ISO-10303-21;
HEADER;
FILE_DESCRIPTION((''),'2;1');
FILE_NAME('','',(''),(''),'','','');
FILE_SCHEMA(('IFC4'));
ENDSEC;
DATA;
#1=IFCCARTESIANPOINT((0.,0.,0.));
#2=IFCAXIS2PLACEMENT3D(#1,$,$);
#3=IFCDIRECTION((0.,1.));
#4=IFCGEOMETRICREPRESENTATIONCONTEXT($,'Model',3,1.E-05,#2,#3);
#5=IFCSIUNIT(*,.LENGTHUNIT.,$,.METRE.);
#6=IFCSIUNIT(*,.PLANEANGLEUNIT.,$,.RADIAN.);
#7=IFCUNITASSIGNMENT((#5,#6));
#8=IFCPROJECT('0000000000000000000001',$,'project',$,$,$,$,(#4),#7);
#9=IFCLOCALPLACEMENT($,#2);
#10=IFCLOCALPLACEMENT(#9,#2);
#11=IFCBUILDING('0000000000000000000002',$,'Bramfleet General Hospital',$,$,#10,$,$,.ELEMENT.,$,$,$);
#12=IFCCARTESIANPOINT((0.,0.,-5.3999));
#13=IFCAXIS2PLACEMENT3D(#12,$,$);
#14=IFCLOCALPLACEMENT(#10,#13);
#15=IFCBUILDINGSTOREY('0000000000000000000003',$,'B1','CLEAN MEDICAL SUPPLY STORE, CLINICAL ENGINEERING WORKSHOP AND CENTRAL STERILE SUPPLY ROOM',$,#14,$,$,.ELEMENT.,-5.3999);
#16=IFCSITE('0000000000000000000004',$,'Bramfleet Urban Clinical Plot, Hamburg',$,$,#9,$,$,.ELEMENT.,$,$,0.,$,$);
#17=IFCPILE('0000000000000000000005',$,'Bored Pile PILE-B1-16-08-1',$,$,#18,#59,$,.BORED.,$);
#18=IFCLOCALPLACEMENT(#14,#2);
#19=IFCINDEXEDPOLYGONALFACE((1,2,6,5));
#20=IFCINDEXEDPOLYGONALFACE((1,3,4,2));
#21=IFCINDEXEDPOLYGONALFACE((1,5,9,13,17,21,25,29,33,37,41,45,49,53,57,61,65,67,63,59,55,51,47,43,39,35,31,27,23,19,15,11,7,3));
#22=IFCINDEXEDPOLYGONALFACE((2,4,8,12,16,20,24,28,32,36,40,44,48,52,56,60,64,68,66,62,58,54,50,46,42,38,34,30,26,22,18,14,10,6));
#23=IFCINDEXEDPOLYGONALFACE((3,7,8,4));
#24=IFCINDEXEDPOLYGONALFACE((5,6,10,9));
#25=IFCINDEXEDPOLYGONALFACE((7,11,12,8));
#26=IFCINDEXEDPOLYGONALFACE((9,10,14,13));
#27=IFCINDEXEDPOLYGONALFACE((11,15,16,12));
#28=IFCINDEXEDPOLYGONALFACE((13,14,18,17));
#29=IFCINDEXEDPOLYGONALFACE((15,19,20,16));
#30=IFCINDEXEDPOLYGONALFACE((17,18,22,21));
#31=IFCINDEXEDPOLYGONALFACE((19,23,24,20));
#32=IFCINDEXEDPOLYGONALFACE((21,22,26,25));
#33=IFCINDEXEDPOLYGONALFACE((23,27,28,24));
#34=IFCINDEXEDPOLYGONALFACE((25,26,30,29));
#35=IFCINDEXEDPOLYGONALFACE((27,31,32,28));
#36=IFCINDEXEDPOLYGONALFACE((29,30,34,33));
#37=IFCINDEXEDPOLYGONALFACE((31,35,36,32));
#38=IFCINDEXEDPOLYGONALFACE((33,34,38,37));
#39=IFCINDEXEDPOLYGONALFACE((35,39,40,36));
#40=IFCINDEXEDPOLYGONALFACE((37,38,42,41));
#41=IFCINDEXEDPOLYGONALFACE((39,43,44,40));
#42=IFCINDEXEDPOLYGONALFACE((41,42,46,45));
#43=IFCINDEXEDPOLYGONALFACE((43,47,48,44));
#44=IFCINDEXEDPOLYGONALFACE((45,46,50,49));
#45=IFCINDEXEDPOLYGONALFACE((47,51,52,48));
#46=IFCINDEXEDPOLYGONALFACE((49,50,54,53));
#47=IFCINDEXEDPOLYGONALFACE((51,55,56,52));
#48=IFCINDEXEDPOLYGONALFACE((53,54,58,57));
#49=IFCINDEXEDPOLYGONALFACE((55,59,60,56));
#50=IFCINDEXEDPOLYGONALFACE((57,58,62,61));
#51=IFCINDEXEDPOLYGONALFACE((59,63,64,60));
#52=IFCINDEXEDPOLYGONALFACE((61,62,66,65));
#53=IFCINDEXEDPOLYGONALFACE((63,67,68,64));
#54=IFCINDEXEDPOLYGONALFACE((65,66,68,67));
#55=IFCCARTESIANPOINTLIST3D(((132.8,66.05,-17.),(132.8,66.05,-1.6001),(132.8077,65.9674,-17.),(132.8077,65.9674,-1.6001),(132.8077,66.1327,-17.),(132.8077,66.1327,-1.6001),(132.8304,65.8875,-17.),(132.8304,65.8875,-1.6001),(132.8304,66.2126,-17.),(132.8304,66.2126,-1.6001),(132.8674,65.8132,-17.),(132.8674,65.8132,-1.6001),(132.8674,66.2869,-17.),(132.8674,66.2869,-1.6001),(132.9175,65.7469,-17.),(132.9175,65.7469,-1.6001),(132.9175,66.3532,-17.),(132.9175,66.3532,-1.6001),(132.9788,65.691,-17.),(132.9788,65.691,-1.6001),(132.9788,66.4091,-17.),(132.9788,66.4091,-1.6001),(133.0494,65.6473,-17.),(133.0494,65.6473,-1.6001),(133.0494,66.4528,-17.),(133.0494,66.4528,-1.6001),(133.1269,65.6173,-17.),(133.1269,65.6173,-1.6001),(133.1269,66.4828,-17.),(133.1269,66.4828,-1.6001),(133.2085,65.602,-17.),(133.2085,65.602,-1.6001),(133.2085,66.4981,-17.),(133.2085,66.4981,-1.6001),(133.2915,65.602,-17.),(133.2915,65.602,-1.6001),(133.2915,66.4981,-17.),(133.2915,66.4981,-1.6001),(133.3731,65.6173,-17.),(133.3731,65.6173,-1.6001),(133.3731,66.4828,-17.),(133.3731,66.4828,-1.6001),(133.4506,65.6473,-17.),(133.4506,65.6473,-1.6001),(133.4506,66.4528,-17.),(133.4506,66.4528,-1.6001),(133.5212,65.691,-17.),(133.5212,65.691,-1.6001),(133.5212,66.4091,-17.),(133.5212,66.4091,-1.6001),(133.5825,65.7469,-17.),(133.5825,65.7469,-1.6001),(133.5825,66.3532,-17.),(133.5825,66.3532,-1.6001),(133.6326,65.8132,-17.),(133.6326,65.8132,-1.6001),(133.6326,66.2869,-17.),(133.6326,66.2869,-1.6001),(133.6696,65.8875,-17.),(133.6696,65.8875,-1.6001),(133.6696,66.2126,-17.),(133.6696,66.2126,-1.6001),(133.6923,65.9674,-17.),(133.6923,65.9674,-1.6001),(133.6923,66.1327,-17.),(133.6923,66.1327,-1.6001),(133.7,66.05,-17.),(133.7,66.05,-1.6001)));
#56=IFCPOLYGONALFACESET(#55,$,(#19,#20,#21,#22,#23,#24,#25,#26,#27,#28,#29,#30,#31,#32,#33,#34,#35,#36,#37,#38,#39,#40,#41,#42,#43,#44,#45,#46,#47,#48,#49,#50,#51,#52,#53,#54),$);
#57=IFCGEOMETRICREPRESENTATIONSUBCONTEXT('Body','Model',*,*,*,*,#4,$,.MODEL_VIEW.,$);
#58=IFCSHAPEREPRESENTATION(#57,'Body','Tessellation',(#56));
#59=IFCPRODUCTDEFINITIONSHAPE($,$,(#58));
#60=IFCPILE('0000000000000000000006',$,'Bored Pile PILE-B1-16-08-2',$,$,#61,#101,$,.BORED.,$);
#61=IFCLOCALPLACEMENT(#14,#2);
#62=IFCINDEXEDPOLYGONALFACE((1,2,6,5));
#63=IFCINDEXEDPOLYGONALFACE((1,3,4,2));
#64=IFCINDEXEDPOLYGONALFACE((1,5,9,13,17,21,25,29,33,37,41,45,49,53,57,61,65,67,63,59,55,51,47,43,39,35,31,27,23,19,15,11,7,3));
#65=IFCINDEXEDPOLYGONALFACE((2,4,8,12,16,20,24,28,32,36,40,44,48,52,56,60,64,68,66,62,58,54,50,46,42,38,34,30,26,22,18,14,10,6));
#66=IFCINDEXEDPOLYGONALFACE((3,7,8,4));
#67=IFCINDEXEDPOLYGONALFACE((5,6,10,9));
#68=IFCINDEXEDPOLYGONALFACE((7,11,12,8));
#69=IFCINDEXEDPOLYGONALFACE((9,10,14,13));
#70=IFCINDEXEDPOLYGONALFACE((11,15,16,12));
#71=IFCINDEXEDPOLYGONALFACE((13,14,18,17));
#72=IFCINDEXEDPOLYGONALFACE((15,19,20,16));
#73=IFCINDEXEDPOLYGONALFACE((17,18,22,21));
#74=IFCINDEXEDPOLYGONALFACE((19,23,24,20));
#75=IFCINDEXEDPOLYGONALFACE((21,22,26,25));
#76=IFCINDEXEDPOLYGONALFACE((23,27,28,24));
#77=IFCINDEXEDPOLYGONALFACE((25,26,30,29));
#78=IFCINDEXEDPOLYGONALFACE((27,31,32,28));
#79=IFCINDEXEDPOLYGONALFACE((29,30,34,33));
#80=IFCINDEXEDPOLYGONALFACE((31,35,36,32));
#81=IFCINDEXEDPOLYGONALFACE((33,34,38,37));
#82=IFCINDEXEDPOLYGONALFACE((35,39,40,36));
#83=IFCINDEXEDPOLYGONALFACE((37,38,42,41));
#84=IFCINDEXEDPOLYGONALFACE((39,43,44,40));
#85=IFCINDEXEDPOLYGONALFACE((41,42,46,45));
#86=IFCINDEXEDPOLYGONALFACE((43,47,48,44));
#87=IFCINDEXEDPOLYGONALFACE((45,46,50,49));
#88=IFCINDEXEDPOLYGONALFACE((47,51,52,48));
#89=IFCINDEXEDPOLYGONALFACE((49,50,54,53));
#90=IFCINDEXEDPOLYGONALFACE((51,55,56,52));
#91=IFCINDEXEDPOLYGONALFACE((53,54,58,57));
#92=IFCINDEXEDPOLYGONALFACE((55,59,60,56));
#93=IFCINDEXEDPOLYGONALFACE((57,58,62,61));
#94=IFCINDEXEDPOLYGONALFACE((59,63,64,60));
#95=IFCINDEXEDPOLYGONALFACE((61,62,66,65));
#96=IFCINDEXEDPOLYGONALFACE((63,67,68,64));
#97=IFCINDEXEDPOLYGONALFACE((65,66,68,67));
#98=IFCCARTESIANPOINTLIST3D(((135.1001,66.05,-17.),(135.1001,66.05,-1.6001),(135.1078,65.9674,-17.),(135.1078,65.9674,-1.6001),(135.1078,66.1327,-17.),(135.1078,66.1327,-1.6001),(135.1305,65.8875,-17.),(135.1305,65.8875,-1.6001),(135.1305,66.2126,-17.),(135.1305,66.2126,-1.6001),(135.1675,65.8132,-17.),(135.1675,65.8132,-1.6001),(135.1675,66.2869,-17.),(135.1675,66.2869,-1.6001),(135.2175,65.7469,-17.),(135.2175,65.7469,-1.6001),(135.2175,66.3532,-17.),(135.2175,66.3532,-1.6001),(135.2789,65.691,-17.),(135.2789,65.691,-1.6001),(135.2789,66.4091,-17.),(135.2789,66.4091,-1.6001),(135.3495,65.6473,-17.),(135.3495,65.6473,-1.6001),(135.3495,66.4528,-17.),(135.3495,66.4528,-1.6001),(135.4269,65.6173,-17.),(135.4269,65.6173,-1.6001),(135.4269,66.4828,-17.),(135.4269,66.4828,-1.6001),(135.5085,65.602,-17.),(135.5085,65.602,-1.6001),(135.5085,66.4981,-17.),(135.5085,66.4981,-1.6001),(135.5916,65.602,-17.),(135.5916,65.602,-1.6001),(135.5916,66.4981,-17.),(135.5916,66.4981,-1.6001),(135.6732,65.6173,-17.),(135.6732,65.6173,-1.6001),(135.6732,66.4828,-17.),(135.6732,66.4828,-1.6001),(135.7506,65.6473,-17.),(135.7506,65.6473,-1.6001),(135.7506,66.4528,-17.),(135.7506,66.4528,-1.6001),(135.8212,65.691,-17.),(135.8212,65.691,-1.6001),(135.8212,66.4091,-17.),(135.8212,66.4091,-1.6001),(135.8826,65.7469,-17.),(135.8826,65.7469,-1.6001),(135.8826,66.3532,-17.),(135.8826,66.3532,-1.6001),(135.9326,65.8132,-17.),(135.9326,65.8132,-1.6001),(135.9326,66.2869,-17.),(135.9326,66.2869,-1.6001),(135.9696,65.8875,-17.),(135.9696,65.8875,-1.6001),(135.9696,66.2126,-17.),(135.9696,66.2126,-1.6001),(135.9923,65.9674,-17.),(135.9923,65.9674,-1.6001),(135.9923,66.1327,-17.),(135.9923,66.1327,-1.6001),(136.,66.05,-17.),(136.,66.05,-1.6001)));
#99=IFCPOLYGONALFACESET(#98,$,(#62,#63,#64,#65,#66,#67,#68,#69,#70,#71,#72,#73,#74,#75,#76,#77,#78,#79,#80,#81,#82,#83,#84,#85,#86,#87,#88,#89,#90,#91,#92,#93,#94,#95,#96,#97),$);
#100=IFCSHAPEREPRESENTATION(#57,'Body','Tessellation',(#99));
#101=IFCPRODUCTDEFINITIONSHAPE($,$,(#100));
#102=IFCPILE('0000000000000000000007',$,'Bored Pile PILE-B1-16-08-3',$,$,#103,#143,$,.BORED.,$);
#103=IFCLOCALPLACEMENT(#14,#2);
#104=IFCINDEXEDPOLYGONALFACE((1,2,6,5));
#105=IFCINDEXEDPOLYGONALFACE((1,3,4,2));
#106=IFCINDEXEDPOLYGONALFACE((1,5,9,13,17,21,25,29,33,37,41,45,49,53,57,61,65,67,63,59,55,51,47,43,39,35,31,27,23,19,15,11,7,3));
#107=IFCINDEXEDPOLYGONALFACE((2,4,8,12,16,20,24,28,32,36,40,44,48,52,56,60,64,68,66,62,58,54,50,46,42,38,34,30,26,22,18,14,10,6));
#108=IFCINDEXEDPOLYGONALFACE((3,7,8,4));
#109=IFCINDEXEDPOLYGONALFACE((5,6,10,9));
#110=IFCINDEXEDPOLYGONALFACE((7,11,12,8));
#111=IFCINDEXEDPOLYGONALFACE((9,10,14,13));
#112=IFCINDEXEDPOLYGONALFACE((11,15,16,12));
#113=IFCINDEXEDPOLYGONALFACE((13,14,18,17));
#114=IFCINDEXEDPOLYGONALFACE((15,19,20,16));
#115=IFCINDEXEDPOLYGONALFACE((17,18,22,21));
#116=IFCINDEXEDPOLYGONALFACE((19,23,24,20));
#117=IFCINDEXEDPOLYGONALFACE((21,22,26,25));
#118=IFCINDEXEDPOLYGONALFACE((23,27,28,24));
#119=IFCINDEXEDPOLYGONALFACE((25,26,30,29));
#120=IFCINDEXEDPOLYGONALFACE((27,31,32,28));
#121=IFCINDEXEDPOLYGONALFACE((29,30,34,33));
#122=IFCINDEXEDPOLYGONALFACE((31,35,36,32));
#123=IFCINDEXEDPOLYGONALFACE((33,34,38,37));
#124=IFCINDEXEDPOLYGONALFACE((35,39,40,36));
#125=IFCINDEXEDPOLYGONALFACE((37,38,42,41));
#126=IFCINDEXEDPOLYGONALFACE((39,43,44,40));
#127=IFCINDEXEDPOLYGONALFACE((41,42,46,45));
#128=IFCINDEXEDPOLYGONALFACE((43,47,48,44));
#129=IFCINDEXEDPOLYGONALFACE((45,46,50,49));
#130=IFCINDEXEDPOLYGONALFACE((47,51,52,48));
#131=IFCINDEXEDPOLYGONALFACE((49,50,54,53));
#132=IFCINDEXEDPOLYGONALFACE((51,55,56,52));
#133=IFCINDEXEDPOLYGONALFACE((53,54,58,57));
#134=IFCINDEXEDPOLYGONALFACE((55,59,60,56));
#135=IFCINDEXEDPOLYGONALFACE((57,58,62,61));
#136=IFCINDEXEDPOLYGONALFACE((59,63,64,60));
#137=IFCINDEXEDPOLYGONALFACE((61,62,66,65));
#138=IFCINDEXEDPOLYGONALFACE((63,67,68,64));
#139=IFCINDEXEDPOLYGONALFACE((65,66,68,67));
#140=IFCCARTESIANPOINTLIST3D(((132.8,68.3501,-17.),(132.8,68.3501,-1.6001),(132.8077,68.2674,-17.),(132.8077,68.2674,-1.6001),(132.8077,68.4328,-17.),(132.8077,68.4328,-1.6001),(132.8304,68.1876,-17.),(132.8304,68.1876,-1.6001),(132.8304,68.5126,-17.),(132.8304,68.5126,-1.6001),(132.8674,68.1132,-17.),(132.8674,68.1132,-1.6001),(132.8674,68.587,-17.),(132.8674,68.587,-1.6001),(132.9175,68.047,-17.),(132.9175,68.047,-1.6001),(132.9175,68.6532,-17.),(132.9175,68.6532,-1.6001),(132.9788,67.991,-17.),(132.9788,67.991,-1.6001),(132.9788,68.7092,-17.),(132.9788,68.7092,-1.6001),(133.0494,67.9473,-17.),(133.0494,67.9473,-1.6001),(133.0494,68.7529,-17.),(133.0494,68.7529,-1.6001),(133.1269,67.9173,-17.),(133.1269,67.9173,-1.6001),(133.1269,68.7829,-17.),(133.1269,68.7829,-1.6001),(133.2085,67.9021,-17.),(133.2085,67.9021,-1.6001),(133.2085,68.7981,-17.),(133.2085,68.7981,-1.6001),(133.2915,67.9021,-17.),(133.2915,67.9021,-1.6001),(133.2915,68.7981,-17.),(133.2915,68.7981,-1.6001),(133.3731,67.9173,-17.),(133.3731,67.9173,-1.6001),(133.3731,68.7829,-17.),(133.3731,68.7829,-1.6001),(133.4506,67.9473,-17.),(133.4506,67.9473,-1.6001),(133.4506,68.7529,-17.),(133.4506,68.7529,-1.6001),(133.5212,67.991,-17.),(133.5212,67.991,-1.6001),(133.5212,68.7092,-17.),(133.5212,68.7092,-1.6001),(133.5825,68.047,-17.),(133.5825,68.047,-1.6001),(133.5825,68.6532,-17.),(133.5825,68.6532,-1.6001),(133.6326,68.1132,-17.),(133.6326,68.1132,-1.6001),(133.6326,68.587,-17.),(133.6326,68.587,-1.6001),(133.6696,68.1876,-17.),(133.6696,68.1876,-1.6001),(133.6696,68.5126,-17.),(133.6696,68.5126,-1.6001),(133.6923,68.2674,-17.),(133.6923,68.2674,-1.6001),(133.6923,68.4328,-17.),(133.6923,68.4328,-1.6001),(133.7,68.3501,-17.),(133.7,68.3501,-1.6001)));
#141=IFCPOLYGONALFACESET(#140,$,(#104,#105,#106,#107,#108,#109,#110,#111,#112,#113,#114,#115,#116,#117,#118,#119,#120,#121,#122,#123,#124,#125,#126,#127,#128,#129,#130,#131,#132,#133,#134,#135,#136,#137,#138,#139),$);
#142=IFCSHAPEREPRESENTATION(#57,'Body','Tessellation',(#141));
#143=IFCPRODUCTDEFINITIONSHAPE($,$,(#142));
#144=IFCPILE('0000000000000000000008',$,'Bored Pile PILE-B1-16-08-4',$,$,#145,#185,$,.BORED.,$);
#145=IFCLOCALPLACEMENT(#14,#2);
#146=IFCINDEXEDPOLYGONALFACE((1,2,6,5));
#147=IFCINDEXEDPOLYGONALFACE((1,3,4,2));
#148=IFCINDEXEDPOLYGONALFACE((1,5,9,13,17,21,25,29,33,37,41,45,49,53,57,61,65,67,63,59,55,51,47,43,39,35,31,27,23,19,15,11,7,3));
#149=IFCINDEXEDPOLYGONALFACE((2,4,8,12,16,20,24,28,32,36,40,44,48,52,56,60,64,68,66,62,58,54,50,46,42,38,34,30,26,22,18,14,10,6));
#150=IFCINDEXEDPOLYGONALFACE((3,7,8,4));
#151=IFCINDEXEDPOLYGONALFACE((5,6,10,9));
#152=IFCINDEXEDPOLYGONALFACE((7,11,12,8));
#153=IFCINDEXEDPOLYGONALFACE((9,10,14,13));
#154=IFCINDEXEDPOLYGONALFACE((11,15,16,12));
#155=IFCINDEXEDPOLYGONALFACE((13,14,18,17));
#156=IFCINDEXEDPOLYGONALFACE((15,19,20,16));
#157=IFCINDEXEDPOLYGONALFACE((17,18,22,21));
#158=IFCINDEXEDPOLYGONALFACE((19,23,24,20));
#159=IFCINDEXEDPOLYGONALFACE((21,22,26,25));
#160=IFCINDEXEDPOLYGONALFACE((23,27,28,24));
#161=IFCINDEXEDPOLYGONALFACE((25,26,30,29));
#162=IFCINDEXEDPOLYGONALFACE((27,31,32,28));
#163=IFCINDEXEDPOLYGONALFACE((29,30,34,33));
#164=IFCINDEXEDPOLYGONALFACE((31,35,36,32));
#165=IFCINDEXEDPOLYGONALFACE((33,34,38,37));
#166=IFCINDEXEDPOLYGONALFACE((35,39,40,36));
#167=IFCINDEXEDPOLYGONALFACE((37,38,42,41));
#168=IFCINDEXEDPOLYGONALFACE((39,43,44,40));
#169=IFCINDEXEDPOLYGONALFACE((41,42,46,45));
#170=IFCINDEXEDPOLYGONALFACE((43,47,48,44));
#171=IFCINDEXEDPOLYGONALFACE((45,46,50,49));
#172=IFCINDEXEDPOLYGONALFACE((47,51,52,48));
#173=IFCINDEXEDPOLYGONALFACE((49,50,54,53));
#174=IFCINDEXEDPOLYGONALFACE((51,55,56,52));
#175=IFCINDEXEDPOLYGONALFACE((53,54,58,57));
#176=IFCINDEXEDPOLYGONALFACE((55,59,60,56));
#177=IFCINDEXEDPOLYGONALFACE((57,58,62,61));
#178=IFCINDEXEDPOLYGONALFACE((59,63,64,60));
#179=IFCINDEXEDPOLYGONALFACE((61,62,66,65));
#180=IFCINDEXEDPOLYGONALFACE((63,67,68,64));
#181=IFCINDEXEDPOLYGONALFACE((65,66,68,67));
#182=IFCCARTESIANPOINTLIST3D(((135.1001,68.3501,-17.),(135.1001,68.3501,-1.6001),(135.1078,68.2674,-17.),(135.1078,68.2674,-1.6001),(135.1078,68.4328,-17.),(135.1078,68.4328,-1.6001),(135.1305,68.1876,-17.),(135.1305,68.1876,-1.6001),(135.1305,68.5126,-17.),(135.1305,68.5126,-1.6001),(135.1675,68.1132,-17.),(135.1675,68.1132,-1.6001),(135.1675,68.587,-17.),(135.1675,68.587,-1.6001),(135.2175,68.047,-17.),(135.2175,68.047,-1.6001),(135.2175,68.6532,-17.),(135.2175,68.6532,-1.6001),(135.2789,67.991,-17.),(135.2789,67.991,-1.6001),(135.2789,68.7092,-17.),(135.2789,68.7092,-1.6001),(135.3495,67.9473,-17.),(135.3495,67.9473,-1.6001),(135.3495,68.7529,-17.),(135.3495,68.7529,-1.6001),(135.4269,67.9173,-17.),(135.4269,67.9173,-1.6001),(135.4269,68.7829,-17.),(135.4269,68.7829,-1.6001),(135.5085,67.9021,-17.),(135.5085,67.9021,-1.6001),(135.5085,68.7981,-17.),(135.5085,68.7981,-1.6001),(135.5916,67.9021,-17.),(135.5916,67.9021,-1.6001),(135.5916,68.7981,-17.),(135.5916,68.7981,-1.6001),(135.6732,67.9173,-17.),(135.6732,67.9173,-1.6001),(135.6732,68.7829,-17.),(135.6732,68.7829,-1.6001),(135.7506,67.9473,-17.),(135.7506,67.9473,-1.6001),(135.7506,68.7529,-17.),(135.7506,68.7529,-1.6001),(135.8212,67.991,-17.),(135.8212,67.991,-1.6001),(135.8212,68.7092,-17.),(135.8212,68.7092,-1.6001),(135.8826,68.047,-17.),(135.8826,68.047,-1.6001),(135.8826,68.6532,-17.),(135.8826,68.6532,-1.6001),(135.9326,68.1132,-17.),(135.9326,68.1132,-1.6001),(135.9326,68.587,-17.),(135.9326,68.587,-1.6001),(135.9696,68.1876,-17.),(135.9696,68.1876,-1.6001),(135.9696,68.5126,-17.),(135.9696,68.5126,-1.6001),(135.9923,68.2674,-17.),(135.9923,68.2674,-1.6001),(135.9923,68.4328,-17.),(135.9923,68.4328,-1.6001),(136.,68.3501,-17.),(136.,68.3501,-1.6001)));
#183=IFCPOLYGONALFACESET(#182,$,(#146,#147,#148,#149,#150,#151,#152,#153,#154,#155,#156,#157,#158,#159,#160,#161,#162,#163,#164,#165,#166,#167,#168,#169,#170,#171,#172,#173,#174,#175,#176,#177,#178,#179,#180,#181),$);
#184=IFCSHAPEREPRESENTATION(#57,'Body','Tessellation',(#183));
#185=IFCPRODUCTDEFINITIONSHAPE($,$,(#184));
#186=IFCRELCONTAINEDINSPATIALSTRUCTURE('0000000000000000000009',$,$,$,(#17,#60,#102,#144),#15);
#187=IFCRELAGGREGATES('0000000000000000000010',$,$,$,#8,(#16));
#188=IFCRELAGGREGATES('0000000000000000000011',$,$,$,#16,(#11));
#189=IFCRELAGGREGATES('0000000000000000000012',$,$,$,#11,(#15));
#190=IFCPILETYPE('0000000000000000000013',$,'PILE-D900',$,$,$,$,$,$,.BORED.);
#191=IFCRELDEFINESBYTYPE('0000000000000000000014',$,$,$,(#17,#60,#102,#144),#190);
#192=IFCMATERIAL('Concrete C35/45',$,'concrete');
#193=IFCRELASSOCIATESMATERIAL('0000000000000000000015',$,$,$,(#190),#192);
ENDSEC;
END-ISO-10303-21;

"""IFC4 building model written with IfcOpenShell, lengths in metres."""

from ifc_helpers import new_model, si_unit, direction, frame, origin, origin_2d, place, context, subcontext, project, spatial, circle, extrude, material, material_profile, profile_set, type_object, element, save


model = new_model("IFC4")

# Units and contexts
model_context = context("Model", 3, precision=1e-05, world=origin(), true_north=direction((0.0, 1.0)))
body_context = subcontext(model_context, "Body", "Model", "MODEL_VIEW")
ifc_project = project(units=[si_unit("LENGTHUNIT", "METRE"), si_unit("PLANEANGLEUNIT", "RADIAN")], contexts=[model_context])

# Site, building, storey
site_placement = place(None, origin())
site = spatial("IfcSite", under=ifc_project, at=site_placement, Name="Bramfleet Urban Clinical Plot, Hamburg", CompositionType="ELEMENT", RefElevation=0.0)
building_placement = place(site_placement, origin())
building = spatial("IfcBuilding", under=site, at=building_placement, Name="Bramfleet General Hospital", CompositionType="ELEMENT")
storey_placement = place(building_placement, frame((0.0, 0.0, -5.3999)))
storey = spatial("IfcBuildingStorey", under=building, at=storey_placement, Name="B1", Description="CLEAN MEDICAL SUPPLY STORE, CLINICAL ENGINEERING WORKSHOP AND CENTRAL STERILE SUPPLY ROOM", CompositionType="ELEMENT", Elevation=-5.3999)

# Shared definitions
ifc_material_1 = material(Name="Concrete C35/45", Category="concrete")

# Piles
ifc_material_profile_1 = material_profile(ifc_material_1, circle(Radius=0.45, at=origin_2d()), Name="PILE BORED D900")
ifc_profile_set_1 = profile_set([ifc_material_profile_1], Name="Concrete C35/45")
pile_type_1 = type_object("IfcPileType", Name="PILE-D900", PredefinedType="BORED", material=ifc_profile_set_1)
for number, where, z_axis, x_axis, name in (
    (1, (133.25, 66.05, -1.6001), (0.0, 0.0, -1.0), (1.0, 0.0, 0.0), "Bored Pile PILE-B1-16-08-1"),
    (2, (135.55, 66.05, -1.6001), (0.0, 0.0, -1.0), (1.0, 0.0, 0.0), "Bored Pile PILE-B1-16-08-2"),
    (3, (133.25, 68.3501, -1.6001), (0.0, 0.0, -1.0), (1.0, 0.0, 0.0), "Bored Pile PILE-B1-16-08-3"),
    (4, (135.55, 68.3501, -1.6001), (0.0, 0.0, -1.0), (1.0, 0.0, 0.0), "Bored Pile PILE-B1-16-08-4"),
):
    element("IfcPile", number, at=place(storey_placement, frame(where, z_axis=z_axis, x_axis=x_axis)), inside=storey, type_object=pile_type_1, Name=name, PredefinedType="BORED", context=body_context, shape_type="SweptSolid", body=[
        extrude(circle(Radius=0.45, at=origin_2d()), origin(), (0.0, 0.0, 1.0), 15.3999),
    ])

save(model, "model.ifc")
